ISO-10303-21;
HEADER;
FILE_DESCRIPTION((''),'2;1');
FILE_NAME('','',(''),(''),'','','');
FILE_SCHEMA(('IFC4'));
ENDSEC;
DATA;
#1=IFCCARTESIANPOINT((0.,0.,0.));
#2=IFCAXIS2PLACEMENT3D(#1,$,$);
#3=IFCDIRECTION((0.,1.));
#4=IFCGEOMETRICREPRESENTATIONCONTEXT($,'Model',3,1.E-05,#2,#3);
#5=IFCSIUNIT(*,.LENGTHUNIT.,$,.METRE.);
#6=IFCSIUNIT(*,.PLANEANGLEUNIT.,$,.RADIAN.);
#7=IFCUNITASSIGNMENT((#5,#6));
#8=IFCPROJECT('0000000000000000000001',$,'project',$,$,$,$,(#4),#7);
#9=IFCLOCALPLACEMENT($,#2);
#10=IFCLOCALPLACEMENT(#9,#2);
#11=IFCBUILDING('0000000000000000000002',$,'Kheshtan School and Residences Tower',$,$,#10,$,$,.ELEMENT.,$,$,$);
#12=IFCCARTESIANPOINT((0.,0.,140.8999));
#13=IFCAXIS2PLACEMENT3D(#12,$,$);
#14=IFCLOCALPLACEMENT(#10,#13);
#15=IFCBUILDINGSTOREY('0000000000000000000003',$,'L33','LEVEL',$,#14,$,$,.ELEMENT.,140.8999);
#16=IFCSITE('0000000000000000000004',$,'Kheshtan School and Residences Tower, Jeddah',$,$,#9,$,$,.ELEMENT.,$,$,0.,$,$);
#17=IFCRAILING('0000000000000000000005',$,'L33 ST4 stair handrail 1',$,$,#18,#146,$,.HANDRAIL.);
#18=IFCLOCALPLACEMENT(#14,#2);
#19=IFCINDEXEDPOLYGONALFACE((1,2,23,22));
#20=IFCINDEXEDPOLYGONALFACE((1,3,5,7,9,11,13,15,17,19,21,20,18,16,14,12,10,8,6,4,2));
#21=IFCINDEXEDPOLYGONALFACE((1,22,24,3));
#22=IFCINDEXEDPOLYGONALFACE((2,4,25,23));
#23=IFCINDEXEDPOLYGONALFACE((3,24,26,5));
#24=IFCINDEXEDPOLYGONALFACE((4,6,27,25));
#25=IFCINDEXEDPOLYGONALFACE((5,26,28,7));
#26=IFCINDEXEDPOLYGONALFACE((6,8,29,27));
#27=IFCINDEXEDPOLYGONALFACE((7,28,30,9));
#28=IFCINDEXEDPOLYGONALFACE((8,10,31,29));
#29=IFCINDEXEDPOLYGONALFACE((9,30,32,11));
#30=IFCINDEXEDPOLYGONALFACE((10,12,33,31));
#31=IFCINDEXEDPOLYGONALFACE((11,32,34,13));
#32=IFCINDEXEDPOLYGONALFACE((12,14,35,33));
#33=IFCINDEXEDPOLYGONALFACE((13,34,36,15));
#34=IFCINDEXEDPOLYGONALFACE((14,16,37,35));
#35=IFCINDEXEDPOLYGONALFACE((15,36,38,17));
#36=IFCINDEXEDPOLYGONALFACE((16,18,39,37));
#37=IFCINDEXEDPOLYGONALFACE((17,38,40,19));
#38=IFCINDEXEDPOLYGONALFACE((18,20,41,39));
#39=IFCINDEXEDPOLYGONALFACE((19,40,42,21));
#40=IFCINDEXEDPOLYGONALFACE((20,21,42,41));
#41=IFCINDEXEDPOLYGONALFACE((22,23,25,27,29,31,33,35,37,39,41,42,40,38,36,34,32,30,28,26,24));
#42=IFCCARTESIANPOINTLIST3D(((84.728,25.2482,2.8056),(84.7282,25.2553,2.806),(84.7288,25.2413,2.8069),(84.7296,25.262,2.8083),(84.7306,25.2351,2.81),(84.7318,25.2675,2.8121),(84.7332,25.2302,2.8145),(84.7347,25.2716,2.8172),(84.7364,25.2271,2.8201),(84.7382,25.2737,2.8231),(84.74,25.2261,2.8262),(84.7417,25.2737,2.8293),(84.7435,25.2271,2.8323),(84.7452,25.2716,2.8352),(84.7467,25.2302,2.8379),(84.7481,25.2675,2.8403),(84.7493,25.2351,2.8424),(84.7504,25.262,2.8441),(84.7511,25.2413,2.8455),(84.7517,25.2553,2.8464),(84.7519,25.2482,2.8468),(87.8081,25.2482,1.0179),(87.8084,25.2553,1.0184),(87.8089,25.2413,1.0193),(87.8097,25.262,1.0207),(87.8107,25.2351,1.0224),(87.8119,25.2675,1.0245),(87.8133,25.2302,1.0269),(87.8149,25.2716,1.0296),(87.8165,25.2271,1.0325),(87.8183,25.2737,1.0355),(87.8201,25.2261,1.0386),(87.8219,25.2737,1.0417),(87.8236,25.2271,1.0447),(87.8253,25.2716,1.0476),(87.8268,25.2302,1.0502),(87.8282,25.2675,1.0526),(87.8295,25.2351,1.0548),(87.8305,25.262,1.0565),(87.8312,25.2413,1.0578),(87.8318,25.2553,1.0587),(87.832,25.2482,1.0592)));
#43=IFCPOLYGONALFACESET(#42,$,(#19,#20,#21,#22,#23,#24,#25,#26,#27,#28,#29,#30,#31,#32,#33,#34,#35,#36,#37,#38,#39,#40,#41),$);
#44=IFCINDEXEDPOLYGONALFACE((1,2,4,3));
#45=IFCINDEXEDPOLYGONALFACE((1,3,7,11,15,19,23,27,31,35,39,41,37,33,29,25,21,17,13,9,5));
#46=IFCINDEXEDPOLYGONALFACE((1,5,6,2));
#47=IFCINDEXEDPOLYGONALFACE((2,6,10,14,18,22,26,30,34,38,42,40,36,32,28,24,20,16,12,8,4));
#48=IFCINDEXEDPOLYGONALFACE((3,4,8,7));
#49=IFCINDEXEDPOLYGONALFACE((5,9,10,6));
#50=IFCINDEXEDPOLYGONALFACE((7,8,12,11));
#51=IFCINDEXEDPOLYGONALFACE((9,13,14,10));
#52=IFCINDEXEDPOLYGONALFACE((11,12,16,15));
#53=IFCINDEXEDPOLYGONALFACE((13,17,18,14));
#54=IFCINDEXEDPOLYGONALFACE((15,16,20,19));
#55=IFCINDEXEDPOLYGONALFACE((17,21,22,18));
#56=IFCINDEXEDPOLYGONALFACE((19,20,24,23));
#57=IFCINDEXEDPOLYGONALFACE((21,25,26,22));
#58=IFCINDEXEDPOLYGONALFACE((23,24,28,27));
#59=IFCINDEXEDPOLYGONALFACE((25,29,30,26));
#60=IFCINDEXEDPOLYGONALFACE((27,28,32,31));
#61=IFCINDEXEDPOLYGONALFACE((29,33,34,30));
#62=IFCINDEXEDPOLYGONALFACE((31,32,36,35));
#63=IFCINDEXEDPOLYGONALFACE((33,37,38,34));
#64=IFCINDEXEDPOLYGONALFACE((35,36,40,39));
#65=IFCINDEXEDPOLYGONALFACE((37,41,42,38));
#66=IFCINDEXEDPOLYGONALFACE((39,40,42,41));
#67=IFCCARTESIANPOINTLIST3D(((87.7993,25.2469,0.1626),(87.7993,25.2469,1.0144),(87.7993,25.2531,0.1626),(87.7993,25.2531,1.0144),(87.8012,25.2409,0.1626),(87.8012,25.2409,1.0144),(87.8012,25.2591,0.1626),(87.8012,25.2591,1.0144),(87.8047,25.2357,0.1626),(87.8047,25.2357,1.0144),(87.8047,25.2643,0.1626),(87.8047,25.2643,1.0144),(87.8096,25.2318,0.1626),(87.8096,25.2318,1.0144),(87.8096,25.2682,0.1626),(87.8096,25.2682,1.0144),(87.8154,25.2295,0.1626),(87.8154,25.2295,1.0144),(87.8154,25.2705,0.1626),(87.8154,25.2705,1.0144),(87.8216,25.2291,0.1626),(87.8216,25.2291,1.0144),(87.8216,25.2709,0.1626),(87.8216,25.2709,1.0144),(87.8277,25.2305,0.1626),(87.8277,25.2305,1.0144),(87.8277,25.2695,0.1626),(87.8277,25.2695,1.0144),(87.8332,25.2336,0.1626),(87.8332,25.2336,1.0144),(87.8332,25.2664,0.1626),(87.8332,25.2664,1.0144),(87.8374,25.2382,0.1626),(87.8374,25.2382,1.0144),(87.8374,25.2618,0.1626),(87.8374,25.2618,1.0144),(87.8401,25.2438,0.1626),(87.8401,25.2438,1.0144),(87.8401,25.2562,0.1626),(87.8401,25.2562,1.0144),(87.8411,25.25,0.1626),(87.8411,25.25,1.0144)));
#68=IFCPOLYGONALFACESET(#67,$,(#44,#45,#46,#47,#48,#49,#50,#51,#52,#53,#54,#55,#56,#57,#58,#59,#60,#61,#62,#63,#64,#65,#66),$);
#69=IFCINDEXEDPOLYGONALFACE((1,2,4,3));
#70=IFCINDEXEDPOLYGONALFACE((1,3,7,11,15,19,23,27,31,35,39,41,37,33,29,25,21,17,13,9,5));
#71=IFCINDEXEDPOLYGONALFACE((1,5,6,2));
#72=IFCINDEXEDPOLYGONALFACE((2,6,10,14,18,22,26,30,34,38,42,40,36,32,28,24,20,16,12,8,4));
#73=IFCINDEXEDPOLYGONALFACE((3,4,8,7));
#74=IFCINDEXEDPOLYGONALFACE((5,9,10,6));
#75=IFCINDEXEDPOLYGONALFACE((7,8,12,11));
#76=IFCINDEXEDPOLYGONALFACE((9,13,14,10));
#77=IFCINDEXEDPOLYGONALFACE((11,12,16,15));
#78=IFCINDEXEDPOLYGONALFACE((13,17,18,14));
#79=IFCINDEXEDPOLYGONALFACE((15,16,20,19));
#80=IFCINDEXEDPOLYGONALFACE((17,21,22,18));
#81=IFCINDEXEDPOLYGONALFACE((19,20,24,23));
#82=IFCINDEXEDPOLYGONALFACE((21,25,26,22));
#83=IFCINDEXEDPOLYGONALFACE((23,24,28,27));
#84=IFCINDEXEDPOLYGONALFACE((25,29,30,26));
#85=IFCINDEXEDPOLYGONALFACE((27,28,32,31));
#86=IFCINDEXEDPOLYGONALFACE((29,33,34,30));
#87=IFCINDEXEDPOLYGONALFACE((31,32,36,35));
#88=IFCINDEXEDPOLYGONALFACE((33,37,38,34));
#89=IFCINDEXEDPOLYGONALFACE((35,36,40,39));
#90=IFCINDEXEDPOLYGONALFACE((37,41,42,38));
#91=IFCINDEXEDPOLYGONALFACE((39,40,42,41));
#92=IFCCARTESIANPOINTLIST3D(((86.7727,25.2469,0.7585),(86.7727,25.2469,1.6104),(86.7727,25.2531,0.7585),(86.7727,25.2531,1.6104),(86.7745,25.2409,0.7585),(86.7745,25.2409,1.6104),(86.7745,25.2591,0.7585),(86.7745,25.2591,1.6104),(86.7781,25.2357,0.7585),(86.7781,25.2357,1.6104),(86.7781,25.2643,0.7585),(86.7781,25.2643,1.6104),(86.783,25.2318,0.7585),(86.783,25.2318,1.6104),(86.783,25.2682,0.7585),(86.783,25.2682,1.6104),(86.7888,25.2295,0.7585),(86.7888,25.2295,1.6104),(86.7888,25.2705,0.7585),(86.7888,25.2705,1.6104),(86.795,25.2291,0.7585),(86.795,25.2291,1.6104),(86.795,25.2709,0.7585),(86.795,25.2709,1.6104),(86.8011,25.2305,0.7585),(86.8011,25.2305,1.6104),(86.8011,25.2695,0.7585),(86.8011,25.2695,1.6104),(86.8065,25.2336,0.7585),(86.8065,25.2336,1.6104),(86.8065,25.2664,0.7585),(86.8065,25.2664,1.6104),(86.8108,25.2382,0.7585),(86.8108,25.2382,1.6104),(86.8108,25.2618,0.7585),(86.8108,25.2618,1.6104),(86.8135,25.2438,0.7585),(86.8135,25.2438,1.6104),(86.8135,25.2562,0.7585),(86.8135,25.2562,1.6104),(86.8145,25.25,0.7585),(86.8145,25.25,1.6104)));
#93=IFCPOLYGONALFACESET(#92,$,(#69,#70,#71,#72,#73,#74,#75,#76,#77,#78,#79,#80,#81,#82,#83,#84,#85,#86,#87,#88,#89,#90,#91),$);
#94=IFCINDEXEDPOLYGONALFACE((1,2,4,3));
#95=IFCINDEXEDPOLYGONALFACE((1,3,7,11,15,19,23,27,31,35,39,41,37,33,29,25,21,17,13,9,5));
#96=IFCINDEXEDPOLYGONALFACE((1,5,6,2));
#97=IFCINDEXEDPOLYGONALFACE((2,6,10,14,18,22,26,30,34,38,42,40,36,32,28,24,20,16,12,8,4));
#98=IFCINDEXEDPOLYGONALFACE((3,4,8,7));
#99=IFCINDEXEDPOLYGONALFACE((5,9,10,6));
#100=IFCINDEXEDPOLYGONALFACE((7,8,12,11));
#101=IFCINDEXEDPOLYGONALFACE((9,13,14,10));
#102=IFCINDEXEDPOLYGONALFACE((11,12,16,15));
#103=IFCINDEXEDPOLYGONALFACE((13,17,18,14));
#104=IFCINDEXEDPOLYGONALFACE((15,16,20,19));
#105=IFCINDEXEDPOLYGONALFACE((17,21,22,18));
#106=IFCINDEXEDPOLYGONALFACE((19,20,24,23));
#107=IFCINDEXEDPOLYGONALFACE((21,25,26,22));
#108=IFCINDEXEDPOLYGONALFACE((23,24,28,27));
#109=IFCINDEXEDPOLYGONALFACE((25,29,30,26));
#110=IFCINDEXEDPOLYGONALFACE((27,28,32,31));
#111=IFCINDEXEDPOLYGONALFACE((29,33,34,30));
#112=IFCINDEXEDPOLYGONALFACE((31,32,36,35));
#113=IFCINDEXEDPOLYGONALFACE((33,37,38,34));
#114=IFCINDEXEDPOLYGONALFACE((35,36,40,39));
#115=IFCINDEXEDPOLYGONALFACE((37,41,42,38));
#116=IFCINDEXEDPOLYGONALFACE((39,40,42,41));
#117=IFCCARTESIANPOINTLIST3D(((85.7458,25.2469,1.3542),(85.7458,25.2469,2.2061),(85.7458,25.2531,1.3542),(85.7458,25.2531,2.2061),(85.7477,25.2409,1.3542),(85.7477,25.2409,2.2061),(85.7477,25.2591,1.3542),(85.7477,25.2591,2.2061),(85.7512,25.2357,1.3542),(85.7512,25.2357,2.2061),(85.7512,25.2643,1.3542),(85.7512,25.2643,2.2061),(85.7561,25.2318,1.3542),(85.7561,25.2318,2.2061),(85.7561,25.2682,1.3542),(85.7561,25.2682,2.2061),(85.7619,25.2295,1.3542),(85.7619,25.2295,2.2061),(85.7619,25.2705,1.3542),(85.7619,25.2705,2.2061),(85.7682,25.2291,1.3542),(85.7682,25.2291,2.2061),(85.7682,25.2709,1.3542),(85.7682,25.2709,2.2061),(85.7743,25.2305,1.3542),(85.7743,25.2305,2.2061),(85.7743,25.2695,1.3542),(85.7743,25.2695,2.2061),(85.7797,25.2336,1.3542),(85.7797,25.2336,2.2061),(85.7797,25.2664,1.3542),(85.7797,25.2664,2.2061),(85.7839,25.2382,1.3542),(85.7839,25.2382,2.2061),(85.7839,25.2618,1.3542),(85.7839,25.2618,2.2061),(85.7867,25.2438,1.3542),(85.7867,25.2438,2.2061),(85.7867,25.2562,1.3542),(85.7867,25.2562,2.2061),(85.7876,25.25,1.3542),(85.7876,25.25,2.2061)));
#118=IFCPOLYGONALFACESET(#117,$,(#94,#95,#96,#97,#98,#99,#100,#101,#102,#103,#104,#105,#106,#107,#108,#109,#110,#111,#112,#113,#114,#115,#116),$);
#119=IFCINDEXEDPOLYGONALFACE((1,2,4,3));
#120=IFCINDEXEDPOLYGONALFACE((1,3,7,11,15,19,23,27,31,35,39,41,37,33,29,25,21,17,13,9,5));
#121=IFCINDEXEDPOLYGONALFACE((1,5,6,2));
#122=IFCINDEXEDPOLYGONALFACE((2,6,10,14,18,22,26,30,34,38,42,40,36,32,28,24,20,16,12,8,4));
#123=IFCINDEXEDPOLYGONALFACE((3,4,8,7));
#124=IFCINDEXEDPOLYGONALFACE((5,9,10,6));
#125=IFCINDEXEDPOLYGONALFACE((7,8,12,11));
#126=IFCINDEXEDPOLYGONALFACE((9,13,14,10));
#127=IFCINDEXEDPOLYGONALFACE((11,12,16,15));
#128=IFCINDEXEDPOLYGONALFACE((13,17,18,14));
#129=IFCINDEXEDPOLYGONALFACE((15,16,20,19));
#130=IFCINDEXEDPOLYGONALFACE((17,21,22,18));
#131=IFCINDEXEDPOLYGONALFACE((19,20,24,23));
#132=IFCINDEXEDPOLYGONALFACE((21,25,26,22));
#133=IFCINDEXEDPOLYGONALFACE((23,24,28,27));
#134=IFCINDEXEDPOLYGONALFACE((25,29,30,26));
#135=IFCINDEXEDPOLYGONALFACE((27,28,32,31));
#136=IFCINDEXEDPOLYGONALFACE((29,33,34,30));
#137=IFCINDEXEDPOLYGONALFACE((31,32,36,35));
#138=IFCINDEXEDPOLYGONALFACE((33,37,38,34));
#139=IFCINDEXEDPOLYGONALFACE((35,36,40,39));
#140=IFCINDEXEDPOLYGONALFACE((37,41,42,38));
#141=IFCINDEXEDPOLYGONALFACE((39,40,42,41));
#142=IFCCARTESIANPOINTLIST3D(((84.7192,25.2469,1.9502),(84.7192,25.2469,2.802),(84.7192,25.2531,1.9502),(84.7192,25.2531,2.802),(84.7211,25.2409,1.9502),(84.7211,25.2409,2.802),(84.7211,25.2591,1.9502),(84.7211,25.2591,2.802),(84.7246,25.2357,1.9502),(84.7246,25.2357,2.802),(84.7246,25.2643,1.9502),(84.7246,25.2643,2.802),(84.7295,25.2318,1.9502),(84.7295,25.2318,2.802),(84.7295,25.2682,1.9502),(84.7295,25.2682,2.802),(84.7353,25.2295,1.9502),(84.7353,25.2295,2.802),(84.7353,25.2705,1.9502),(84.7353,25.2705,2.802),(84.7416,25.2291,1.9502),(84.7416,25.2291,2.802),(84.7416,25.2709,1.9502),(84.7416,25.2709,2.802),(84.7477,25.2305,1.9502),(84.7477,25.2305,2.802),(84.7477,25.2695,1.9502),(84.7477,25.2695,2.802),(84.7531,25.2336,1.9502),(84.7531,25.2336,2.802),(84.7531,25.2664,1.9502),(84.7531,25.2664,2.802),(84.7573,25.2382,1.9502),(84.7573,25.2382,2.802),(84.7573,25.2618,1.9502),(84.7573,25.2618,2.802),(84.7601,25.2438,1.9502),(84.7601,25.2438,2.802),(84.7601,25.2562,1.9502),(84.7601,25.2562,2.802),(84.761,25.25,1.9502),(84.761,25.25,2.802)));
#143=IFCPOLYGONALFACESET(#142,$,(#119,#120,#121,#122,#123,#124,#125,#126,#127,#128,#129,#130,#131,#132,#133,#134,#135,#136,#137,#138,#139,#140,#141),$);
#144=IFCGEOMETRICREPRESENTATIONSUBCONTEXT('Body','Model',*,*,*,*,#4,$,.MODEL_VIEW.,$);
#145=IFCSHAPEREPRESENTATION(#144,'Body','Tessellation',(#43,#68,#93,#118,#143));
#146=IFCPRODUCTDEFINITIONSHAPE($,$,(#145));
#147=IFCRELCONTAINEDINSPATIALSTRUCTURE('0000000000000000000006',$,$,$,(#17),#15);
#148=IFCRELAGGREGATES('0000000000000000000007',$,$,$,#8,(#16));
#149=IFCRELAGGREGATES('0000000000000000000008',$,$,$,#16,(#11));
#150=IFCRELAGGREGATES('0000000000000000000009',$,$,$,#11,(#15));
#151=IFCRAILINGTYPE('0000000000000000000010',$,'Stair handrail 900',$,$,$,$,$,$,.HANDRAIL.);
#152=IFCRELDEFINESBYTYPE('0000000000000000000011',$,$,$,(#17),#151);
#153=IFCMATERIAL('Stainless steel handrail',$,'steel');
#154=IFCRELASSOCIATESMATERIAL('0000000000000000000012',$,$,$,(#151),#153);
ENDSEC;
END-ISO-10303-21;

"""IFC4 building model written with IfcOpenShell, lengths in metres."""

from ifc_helpers import new_model, si_unit, direction, frame, origin, origin_2d, place, context, subcontext, project, spatial, circle, extrude, material, type_object, element, save


model = new_model("IFC4")

# Units and contexts
model_context = context("Model", 3, precision=1e-05, world=origin(), true_north=direction((0.0, 1.0)))
body_context = subcontext(model_context, "Body", "Model", "MODEL_VIEW")
ifc_project = project(units=[si_unit("LENGTHUNIT", "METRE"), si_unit("PLANEANGLEUNIT", "RADIAN")], contexts=[model_context])

# Site, building, storey
site_placement = place(None, origin())
site = spatial("IfcSite", under=ifc_project, at=site_placement, Name="Kheshtan School and Residences Tower, Jeddah", CompositionType="ELEMENT", RefElevation=0.0)
building_placement = place(site_placement, origin())
building = spatial("IfcBuilding", under=site, at=building_placement, Name="Kheshtan School and Residences Tower", CompositionType="ELEMENT")
storey_placement = place(building_placement, frame((0.0, 0.0, 140.8999)))
storey = spatial("IfcBuildingStorey", under=building, at=storey_placement, Name="L33", Description="LEVEL", CompositionType="ELEMENT", Elevation=140.8999)

# Railing
ifc_material_1 = material(Name="Stainless steel handrail", Category="steel")
railing_type_1 = type_object("IfcRailingType", Name="Stair handrail 900", PredefinedType="HANDRAIL", material=ifc_material_1)
railing_1_placement = place(storey_placement, frame((87.8201, 25.25, 0.1626)))
element("IfcRailing", 1, at=railing_1_placement, inside=storey, type_object=railing_type_1, Name="L33 ST4 stair handrail 1", PredefinedType="HANDRAIL", context=body_context, shape_type="SweptSolid", body=[
    extrude(circle(Radius=0.0239, at=origin_2d()), frame((0.0, 0.0, 0.876), z_axis=(-0.864891, 0.0, 0.50196), x_axis=(0.0, -1.0, 0.0)), (0.0, 0.0, 1.0), 3.5613),
    extrude(circle(Radius=0.021, at=origin_2d()), origin(), (0.0, 0.0, 1.0), 0.8518),
    extrude(circle(Radius=0.021, at=origin_2d()), frame((-1.0266, 0.0, 0.5959)), (0.0, 0.0, 1.0), 0.8518),
    extrude(circle(Radius=0.021, at=origin_2d()), frame((-2.0535, 0.0, 1.1917)), (0.0, 0.0, 1.0), 0.8518),
    extrude(circle(Radius=0.021, at=origin_2d()), frame((-3.0801, 0.0, 1.7876)), (0.0, 0.0, 1.0), 0.8518),
])

save(model, "model.ifc")
